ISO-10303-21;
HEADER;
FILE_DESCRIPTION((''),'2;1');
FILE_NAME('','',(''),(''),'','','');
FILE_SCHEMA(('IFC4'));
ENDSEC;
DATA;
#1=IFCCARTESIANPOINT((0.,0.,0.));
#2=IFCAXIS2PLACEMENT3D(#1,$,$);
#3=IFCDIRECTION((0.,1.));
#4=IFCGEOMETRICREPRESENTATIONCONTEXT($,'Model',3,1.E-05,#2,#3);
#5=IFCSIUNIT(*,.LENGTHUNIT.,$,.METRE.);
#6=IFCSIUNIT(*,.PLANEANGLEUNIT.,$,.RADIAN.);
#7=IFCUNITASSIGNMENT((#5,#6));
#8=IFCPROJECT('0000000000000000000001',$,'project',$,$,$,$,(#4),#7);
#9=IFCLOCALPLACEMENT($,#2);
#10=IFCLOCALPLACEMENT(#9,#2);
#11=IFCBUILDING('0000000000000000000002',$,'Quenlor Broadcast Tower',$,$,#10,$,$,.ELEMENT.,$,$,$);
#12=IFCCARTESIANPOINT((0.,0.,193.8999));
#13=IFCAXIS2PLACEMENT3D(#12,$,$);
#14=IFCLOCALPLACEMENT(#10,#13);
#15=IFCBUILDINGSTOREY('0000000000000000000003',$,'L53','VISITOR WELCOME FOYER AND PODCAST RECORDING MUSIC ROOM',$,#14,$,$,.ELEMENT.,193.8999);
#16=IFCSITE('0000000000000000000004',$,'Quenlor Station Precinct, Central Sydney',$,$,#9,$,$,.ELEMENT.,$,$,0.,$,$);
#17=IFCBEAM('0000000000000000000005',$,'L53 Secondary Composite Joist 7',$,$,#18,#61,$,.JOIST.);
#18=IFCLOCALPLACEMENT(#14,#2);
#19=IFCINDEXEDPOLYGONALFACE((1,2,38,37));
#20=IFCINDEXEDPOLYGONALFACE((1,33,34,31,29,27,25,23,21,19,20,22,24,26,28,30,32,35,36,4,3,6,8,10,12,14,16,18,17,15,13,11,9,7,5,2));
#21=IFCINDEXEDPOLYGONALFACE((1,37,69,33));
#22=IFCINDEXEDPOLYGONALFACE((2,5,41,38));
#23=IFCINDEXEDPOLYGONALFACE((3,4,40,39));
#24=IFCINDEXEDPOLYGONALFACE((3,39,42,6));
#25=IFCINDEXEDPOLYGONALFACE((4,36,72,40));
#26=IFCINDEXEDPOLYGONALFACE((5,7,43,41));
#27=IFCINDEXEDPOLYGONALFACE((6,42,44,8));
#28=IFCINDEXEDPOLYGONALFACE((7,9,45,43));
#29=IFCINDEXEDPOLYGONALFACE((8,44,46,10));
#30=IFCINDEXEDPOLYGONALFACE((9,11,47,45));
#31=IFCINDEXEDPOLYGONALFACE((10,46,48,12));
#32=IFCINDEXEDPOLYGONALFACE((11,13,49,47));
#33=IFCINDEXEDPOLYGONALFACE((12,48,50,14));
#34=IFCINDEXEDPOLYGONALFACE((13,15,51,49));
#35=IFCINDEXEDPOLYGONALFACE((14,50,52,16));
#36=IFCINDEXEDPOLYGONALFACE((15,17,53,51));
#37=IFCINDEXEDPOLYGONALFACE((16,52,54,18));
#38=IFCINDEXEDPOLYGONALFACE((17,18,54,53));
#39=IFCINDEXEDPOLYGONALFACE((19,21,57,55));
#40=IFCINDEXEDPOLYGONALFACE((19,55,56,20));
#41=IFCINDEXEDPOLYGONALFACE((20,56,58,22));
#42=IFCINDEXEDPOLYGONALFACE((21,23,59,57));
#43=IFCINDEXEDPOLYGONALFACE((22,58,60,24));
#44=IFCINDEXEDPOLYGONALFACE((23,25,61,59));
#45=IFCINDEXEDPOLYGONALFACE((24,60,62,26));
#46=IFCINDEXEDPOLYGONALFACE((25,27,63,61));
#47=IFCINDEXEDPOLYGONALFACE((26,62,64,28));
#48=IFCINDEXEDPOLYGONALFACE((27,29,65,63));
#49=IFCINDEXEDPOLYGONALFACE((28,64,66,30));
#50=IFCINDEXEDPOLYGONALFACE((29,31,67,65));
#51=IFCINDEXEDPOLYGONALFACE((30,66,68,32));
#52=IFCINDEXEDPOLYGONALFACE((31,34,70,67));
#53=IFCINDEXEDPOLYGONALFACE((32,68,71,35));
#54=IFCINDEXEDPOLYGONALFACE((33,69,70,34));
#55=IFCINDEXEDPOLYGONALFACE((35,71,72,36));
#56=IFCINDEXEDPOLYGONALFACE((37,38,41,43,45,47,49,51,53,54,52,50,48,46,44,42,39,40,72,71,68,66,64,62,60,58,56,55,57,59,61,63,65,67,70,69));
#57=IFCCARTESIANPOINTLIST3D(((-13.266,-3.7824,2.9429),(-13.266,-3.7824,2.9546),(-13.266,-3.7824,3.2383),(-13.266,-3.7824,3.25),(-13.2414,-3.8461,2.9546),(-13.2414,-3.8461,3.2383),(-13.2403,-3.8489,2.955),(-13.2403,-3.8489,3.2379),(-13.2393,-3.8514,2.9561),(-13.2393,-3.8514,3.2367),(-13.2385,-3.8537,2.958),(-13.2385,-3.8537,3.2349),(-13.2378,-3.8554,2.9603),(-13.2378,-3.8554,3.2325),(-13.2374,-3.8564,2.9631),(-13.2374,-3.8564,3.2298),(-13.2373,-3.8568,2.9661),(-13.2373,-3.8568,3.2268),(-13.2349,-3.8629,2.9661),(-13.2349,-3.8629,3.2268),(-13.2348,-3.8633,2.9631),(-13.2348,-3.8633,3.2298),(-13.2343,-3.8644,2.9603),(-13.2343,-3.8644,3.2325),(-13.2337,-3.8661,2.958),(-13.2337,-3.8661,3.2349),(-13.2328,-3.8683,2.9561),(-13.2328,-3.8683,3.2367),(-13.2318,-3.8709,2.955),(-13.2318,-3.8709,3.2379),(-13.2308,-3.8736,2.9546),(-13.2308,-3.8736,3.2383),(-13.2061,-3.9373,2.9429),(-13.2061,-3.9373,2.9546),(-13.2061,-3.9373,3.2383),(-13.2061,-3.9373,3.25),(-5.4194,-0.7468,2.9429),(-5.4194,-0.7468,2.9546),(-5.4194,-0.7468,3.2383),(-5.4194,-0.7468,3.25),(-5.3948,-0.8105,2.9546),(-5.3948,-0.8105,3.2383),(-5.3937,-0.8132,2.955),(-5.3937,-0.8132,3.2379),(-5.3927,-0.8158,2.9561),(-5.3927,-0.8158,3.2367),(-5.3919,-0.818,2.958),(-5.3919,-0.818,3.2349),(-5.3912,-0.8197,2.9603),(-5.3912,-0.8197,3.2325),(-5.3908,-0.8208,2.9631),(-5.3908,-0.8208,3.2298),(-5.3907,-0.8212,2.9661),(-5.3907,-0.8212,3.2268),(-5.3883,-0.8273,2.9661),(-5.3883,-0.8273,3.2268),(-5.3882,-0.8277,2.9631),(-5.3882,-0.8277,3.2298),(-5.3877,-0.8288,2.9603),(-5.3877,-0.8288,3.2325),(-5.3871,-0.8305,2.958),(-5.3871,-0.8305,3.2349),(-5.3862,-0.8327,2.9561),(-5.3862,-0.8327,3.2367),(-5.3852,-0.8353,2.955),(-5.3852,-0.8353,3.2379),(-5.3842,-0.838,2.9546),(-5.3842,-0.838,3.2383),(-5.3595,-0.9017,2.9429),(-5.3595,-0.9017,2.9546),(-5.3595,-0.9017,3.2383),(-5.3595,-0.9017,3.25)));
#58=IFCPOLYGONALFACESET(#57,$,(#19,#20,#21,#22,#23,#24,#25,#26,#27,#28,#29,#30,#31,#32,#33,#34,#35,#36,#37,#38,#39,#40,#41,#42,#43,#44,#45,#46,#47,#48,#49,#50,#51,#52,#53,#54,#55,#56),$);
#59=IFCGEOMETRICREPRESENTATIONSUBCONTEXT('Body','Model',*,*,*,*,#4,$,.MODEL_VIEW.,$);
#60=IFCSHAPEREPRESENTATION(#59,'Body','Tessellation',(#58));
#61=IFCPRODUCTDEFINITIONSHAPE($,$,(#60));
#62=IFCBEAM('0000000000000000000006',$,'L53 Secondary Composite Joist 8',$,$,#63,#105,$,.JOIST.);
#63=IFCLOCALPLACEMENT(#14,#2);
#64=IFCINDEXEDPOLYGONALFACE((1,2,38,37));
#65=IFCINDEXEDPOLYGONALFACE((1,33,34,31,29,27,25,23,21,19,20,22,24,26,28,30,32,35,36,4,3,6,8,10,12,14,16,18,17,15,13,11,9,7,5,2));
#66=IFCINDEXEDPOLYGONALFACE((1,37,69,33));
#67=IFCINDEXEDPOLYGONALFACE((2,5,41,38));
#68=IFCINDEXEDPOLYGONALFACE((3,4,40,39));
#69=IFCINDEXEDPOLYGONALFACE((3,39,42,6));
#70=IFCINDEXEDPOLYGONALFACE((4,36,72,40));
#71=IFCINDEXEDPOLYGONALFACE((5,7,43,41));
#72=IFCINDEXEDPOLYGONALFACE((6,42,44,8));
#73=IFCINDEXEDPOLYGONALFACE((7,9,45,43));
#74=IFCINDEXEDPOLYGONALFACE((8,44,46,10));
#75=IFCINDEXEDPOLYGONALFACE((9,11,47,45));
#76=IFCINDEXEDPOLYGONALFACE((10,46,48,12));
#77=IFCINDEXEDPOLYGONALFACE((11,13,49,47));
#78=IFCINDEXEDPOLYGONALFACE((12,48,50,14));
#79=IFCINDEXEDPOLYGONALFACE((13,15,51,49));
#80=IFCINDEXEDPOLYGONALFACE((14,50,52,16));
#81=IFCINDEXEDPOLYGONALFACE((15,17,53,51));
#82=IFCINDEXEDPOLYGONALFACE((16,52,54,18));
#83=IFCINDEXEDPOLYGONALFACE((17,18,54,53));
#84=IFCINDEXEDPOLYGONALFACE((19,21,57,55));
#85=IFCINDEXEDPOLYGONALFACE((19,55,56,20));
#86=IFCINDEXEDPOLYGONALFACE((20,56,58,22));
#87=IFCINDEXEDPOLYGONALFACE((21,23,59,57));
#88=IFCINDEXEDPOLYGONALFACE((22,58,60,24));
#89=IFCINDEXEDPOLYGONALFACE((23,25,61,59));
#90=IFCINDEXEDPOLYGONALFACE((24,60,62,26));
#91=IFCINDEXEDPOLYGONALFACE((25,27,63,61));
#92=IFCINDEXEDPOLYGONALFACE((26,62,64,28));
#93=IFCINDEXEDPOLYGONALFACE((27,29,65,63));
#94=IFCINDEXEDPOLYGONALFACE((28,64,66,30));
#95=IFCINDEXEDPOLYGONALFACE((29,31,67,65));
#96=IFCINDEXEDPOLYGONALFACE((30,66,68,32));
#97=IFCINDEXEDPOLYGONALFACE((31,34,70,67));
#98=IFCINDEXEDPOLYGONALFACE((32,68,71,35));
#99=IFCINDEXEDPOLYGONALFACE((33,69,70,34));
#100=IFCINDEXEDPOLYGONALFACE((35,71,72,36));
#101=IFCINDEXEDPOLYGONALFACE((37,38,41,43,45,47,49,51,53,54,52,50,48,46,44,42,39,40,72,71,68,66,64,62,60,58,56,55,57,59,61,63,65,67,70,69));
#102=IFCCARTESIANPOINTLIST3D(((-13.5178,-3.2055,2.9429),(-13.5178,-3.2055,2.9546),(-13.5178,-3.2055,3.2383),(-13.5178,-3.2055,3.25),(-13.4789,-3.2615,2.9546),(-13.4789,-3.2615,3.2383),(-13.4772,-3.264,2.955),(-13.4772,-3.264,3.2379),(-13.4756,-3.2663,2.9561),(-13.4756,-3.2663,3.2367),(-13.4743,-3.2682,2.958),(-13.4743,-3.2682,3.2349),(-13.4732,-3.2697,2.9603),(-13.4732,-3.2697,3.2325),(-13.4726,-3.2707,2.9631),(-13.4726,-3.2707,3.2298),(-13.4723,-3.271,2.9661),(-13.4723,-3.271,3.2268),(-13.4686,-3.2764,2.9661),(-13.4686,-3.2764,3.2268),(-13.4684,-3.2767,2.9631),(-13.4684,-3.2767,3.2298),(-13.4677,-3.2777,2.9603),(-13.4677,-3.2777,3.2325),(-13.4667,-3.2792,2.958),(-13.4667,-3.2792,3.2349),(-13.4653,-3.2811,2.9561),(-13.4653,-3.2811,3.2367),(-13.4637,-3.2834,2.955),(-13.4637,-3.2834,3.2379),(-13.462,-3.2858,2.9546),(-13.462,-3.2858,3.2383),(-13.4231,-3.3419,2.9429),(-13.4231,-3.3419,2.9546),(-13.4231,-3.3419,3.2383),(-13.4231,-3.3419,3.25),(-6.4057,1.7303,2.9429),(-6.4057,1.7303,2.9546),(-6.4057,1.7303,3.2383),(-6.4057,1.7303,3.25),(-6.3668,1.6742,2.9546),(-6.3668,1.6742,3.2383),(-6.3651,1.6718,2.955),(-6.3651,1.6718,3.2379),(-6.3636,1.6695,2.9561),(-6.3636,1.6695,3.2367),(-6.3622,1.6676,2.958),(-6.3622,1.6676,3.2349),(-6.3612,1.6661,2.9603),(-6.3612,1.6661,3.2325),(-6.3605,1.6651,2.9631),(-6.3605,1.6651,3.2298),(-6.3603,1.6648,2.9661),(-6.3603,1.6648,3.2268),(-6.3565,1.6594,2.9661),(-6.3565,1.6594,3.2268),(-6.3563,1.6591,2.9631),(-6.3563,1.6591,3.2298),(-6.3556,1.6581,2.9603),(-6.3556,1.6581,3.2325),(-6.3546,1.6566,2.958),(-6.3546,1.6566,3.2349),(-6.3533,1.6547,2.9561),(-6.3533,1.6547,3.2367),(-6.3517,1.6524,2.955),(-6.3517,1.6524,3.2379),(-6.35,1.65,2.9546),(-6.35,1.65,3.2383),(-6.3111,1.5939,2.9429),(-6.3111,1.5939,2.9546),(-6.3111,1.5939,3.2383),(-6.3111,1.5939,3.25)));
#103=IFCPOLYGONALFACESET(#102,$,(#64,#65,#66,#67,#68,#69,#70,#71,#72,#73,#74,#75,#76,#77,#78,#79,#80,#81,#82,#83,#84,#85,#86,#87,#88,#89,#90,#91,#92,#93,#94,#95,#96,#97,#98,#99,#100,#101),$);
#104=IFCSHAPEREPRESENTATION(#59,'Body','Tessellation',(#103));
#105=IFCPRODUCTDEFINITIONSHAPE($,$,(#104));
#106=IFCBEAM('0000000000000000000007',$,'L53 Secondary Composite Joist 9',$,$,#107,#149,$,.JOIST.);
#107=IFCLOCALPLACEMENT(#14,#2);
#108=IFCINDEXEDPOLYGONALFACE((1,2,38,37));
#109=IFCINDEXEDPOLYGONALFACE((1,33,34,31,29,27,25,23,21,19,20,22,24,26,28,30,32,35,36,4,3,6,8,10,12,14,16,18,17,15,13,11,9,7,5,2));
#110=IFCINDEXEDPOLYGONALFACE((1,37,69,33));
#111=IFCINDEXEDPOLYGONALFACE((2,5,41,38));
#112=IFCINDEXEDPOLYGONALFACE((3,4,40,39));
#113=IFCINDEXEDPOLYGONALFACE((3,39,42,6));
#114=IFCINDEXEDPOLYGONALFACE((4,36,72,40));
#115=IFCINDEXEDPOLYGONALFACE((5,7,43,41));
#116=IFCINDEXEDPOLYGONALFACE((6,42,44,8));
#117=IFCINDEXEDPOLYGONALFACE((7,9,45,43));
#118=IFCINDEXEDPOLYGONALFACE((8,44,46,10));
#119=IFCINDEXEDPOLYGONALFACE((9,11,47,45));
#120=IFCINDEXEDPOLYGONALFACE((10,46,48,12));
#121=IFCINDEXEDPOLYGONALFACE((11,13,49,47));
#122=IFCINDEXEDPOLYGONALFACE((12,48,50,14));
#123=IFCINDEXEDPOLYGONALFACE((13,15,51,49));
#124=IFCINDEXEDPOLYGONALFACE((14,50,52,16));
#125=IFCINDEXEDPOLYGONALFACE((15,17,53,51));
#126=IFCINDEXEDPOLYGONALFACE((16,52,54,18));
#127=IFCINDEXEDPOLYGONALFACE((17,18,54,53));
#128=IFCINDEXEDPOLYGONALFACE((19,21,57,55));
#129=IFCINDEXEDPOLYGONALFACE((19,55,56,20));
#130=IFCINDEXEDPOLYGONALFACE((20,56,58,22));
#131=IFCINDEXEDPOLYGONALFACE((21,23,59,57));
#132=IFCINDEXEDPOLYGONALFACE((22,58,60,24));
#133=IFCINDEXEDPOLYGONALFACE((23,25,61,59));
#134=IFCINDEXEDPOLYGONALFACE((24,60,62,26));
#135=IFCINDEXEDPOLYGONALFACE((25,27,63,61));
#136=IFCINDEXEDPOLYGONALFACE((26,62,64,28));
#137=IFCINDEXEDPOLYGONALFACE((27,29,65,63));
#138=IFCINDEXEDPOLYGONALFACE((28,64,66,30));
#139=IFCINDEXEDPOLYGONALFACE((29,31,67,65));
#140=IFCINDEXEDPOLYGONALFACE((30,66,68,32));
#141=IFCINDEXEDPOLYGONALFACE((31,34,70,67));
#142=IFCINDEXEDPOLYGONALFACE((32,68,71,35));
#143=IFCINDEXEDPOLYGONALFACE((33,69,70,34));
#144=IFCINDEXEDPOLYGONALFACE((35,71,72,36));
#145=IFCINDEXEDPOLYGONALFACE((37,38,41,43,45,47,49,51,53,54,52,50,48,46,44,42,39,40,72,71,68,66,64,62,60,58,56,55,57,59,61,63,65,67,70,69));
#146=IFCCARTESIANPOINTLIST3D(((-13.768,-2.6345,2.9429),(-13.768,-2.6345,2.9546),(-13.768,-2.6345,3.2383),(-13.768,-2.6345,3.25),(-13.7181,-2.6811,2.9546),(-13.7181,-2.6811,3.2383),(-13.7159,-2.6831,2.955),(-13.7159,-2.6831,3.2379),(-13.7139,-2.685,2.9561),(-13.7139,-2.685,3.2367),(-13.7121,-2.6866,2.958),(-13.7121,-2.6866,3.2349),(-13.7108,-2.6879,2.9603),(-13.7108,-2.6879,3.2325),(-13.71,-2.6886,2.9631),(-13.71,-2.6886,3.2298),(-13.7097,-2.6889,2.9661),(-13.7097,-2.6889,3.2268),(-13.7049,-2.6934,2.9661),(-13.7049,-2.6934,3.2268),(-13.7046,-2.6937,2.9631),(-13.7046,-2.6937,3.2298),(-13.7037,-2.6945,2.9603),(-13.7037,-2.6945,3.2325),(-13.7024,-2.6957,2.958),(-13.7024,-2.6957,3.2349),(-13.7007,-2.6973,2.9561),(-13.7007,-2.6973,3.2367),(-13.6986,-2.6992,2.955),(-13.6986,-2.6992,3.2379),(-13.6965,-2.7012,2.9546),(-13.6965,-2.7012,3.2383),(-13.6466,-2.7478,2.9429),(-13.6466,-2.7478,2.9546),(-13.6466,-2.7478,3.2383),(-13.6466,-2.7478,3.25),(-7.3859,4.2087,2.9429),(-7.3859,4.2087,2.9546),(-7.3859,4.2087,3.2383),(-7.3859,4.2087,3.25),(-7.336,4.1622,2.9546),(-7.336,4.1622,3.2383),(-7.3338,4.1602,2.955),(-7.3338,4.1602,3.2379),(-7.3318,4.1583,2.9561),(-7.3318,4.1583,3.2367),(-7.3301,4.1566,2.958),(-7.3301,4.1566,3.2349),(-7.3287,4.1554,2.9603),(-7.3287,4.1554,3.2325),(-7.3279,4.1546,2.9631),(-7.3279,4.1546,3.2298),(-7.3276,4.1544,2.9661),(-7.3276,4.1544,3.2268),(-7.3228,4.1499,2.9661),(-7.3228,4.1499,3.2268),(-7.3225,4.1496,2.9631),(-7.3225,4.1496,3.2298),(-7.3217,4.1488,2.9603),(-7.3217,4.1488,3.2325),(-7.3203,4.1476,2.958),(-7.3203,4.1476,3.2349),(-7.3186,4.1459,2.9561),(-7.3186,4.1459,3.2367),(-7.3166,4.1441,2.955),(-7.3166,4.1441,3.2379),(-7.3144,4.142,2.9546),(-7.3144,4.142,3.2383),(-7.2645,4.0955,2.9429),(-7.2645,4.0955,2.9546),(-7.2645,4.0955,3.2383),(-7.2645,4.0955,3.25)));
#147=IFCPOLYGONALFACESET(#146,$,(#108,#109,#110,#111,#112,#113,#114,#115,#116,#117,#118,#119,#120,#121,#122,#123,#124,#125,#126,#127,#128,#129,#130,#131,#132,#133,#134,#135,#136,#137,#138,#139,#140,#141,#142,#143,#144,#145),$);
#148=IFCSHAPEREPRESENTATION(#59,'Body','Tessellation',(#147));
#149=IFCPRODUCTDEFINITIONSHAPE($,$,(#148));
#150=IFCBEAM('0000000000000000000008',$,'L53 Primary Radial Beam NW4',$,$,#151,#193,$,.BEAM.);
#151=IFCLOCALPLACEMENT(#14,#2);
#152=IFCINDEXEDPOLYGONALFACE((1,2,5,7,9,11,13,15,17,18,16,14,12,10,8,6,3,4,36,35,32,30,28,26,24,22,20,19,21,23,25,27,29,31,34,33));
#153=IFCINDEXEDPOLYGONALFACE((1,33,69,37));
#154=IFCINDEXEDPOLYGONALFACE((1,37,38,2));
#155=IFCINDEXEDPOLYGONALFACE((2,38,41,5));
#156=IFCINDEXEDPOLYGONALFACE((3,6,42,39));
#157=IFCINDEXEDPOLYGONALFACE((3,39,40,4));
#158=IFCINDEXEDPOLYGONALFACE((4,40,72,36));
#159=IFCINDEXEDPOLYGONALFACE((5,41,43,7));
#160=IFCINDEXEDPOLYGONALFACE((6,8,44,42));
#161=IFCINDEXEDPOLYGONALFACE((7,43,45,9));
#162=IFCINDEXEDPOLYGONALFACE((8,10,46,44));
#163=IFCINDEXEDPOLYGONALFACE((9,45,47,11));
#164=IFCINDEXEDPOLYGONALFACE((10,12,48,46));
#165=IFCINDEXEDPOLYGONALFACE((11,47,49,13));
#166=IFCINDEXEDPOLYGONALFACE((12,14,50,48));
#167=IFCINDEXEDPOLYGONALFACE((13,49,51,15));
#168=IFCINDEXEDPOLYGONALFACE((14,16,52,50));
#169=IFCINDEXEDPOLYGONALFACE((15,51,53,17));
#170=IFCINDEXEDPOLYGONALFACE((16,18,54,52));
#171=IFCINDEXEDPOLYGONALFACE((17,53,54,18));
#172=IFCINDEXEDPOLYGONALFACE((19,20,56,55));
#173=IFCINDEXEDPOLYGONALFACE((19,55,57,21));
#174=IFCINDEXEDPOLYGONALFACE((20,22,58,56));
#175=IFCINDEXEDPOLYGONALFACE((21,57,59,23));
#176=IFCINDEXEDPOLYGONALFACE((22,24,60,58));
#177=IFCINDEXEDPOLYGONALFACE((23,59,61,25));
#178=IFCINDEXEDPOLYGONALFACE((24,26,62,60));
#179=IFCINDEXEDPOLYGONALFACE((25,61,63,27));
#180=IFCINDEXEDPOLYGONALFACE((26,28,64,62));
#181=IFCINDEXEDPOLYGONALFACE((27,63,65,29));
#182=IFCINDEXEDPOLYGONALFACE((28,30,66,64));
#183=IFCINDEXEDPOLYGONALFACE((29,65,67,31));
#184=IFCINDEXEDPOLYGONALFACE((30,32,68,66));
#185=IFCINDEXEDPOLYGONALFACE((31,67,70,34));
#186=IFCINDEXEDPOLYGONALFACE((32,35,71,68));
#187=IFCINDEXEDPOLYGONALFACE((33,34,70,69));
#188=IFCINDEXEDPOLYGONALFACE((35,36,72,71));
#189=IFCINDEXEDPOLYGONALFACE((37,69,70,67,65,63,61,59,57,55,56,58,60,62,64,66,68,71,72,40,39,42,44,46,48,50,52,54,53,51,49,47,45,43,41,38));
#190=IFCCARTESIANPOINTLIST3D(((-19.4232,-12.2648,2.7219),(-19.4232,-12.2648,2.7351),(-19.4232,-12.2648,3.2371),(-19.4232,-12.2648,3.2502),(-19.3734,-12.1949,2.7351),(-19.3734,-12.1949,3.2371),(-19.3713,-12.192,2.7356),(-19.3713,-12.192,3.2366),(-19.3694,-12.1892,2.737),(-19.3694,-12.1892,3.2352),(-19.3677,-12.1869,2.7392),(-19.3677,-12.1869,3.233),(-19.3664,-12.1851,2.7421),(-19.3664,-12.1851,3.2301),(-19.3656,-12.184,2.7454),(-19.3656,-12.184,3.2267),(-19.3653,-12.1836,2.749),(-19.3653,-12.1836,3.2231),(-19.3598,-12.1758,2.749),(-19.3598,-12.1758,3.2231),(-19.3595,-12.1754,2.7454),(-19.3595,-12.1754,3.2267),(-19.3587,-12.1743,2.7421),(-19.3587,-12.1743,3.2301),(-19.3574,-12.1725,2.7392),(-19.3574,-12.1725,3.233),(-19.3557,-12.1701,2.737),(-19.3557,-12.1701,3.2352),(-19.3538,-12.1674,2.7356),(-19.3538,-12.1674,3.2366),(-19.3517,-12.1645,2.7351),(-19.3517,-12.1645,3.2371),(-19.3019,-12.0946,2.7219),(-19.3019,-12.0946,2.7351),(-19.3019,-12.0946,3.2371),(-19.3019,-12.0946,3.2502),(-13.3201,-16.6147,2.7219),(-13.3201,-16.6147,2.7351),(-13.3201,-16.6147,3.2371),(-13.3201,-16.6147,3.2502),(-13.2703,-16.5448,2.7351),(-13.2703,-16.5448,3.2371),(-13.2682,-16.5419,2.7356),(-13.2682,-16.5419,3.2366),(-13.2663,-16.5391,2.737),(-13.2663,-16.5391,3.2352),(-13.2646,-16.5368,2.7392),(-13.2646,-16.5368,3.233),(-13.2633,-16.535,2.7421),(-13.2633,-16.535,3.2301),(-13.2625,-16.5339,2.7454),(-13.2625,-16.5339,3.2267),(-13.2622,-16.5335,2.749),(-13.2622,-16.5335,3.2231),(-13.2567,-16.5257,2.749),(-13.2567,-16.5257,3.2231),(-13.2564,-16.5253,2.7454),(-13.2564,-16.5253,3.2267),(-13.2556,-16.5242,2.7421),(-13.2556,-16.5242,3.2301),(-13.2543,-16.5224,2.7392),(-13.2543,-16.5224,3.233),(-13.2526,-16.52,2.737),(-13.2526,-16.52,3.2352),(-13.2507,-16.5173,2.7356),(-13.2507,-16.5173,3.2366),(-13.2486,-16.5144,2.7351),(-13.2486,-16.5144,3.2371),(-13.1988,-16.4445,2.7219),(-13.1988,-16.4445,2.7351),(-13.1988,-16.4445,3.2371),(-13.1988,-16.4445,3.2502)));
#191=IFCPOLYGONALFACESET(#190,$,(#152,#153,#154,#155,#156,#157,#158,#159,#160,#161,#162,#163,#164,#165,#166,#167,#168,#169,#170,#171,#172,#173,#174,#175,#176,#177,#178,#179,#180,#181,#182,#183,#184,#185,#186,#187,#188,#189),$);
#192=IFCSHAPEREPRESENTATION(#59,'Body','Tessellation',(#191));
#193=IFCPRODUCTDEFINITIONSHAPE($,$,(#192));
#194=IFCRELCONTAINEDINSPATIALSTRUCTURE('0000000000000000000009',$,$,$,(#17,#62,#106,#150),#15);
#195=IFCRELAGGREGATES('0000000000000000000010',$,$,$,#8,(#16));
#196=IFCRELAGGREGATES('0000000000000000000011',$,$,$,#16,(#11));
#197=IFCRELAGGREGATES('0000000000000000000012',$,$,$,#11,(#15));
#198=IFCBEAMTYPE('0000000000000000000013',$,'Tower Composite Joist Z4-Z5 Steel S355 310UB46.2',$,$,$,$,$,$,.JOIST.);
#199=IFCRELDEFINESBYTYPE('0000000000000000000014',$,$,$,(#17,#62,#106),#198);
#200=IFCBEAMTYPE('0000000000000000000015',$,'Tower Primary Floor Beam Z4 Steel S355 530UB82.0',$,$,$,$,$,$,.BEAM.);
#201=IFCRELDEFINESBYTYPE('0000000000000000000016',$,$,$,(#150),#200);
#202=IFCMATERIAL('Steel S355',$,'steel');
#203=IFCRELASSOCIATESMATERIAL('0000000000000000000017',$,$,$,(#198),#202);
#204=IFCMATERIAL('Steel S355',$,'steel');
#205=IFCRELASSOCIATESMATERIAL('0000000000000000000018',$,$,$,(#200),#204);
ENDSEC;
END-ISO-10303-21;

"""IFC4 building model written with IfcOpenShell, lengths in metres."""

from ifc_helpers import new_model, si_unit, direction, frame, origin, origin_2d, place, context, subcontext, project, spatial, i_section, extrude, material, material_profile, profile_set, type_object, element, save


model = new_model("IFC4")

# Units and contexts
model_context = context("Model", 3, precision=1e-05, world=origin(), true_north=direction((0.0, 1.0)))
body_context = subcontext(model_context, "Body", "Model", "MODEL_VIEW")
ifc_project = project(units=[si_unit("LENGTHUNIT", "METRE"), si_unit("PLANEANGLEUNIT", "RADIAN")], contexts=[model_context])

# Site, building, storey
site_placement = place(None, origin())
site = spatial("IfcSite", under=ifc_project, at=site_placement, Name="Quenlor Station Precinct, Central Sydney", CompositionType="ELEMENT", RefElevation=0.0)
building_placement = place(site_placement, origin())
building = spatial("IfcBuilding", under=site, at=building_placement, Name="Quenlor Broadcast Tower", CompositionType="ELEMENT")
storey_placement = place(building_placement, frame((0.0, 0.0, 193.8999)))
storey = spatial("IfcBuildingStorey", under=building, at=storey_placement, Name="L53", Description="VISITOR WELCOME FOYER AND PODCAST RECORDING MUSIC ROOM", CompositionType="ELEMENT", Elevation=193.8999)

# Beams
ifc_material_1 = material(Name="Steel S355", Category="steel")
ifc_material_profile_1 = material_profile(ifc_material_1, i_section(OverallWidth=0.166, OverallDepth=0.3071, WebThickness=0.0066, FlangeThickness=0.0117, FilletRadius=0.0115, at=origin_2d()))
ifc_profile_set_1 = profile_set([ifc_material_profile_1], Name="Steel S355 310UB46.2")
beam_type_1 = type_object("IfcBeamType", Name="Tower Composite Joist Z4-Z5 Steel S355 310UB46.2", PredefinedType="JOIST", material=ifc_profile_set_1)
beam_1_placement = place(storey_placement, frame((-13.2361, -3.8599, 3.0964), z_axis=(0.932639, 0.36081, 0.0), x_axis=(-0.36081, 0.932639, 0.0)))
element("IfcBeam", 1, at=beam_1_placement, inside=storey, type_object=beam_type_1, Name="L53 Secondary Composite Joist 7", PredefinedType="JOIST", context=body_context, shape_type="SweptSolid", body=[
    extrude(i_section(OverallWidth=0.166, OverallDepth=0.3071, WebThickness=0.0066, FlangeThickness=0.0117, FilletRadius=0.0115, at=origin_2d()), origin(), (0.0, 0.0, 1.0), 8.4133),
])
beam_2_placement = place(storey_placement, frame((-13.4705, -3.2737, 3.0964), z_axis=(0.82154, 0.570151, 0.0), x_axis=(-0.570151, 0.82154, 0.0)))
element("IfcBeam", 2, at=beam_2_placement, inside=storey, type_object=beam_type_1, Name="L53 Secondary Composite Joist 8", PredefinedType="JOIST", context=body_context, shape_type="SweptSolid", body=[
    extrude(i_section(OverallWidth=0.166, OverallDepth=0.3071, WebThickness=0.0066, FlangeThickness=0.0117, FilletRadius=0.0115, at=origin_2d()), origin(), (0.0, 0.0, 1.0), 8.657),
])
beam_3_placement = place(storey_placement, frame((-13.7073, -2.6912, 3.0964), z_axis=(0.682035, 0.73132, 0.0), x_axis=(-0.73132, 0.682035, 0.0)))
element("IfcBeam", 3, at=beam_3_placement, inside=storey, type_object=beam_type_1, Name="L53 Secondary Composite Joist 9", PredefinedType="JOIST", context=body_context, shape_type="SweptSolid", body=[
    extrude(i_section(OverallWidth=0.166, OverallDepth=0.3071, WebThickness=0.0066, FlangeThickness=0.0117, FilletRadius=0.0115, at=origin_2d()), origin(), (0.0, 0.0, 1.0), 9.3574),
])
ifc_material_2 = material(Name="Steel S355", Category="steel")
ifc_material_profile_2 = material_profile(ifc_material_2, i_section(OverallWidth=0.209, OverallDepth=0.5283, WebThickness=0.0095, FlangeThickness=0.0132, FilletRadius=0.0139, at=origin_2d()))
ifc_profile_set_2 = profile_set([ifc_material_profile_2], Name="Steel S355 530UB82.0")
beam_type_2 = type_object("IfcBeamType", Name="Tower Primary Floor Beam Z4 Steel S355 530UB82.0", PredefinedType="BEAM", material=ifc_profile_set_2)
beam_4_placement = place(storey_placement, frame((-19.3625, -12.1797, 2.9861), z_axis=(0.81433, -0.580403, 0.0), x_axis=(0.580403, 0.81433, 0.0)))
element("IfcBeam", 4, at=beam_4_placement, inside=storey, type_object=beam_type_2, Name="L53 Primary Radial Beam NW4", PredefinedType="BEAM", context=body_context, shape_type="SweptSolid", body=[
    extrude(i_section(OverallWidth=0.209, OverallDepth=0.5283, WebThickness=0.0095, FlangeThickness=0.0132, FilletRadius=0.0139, at=origin_2d()), origin(), (0.0, 0.0, 1.0), 7.4946),
])

save(model, "model.ifc")
